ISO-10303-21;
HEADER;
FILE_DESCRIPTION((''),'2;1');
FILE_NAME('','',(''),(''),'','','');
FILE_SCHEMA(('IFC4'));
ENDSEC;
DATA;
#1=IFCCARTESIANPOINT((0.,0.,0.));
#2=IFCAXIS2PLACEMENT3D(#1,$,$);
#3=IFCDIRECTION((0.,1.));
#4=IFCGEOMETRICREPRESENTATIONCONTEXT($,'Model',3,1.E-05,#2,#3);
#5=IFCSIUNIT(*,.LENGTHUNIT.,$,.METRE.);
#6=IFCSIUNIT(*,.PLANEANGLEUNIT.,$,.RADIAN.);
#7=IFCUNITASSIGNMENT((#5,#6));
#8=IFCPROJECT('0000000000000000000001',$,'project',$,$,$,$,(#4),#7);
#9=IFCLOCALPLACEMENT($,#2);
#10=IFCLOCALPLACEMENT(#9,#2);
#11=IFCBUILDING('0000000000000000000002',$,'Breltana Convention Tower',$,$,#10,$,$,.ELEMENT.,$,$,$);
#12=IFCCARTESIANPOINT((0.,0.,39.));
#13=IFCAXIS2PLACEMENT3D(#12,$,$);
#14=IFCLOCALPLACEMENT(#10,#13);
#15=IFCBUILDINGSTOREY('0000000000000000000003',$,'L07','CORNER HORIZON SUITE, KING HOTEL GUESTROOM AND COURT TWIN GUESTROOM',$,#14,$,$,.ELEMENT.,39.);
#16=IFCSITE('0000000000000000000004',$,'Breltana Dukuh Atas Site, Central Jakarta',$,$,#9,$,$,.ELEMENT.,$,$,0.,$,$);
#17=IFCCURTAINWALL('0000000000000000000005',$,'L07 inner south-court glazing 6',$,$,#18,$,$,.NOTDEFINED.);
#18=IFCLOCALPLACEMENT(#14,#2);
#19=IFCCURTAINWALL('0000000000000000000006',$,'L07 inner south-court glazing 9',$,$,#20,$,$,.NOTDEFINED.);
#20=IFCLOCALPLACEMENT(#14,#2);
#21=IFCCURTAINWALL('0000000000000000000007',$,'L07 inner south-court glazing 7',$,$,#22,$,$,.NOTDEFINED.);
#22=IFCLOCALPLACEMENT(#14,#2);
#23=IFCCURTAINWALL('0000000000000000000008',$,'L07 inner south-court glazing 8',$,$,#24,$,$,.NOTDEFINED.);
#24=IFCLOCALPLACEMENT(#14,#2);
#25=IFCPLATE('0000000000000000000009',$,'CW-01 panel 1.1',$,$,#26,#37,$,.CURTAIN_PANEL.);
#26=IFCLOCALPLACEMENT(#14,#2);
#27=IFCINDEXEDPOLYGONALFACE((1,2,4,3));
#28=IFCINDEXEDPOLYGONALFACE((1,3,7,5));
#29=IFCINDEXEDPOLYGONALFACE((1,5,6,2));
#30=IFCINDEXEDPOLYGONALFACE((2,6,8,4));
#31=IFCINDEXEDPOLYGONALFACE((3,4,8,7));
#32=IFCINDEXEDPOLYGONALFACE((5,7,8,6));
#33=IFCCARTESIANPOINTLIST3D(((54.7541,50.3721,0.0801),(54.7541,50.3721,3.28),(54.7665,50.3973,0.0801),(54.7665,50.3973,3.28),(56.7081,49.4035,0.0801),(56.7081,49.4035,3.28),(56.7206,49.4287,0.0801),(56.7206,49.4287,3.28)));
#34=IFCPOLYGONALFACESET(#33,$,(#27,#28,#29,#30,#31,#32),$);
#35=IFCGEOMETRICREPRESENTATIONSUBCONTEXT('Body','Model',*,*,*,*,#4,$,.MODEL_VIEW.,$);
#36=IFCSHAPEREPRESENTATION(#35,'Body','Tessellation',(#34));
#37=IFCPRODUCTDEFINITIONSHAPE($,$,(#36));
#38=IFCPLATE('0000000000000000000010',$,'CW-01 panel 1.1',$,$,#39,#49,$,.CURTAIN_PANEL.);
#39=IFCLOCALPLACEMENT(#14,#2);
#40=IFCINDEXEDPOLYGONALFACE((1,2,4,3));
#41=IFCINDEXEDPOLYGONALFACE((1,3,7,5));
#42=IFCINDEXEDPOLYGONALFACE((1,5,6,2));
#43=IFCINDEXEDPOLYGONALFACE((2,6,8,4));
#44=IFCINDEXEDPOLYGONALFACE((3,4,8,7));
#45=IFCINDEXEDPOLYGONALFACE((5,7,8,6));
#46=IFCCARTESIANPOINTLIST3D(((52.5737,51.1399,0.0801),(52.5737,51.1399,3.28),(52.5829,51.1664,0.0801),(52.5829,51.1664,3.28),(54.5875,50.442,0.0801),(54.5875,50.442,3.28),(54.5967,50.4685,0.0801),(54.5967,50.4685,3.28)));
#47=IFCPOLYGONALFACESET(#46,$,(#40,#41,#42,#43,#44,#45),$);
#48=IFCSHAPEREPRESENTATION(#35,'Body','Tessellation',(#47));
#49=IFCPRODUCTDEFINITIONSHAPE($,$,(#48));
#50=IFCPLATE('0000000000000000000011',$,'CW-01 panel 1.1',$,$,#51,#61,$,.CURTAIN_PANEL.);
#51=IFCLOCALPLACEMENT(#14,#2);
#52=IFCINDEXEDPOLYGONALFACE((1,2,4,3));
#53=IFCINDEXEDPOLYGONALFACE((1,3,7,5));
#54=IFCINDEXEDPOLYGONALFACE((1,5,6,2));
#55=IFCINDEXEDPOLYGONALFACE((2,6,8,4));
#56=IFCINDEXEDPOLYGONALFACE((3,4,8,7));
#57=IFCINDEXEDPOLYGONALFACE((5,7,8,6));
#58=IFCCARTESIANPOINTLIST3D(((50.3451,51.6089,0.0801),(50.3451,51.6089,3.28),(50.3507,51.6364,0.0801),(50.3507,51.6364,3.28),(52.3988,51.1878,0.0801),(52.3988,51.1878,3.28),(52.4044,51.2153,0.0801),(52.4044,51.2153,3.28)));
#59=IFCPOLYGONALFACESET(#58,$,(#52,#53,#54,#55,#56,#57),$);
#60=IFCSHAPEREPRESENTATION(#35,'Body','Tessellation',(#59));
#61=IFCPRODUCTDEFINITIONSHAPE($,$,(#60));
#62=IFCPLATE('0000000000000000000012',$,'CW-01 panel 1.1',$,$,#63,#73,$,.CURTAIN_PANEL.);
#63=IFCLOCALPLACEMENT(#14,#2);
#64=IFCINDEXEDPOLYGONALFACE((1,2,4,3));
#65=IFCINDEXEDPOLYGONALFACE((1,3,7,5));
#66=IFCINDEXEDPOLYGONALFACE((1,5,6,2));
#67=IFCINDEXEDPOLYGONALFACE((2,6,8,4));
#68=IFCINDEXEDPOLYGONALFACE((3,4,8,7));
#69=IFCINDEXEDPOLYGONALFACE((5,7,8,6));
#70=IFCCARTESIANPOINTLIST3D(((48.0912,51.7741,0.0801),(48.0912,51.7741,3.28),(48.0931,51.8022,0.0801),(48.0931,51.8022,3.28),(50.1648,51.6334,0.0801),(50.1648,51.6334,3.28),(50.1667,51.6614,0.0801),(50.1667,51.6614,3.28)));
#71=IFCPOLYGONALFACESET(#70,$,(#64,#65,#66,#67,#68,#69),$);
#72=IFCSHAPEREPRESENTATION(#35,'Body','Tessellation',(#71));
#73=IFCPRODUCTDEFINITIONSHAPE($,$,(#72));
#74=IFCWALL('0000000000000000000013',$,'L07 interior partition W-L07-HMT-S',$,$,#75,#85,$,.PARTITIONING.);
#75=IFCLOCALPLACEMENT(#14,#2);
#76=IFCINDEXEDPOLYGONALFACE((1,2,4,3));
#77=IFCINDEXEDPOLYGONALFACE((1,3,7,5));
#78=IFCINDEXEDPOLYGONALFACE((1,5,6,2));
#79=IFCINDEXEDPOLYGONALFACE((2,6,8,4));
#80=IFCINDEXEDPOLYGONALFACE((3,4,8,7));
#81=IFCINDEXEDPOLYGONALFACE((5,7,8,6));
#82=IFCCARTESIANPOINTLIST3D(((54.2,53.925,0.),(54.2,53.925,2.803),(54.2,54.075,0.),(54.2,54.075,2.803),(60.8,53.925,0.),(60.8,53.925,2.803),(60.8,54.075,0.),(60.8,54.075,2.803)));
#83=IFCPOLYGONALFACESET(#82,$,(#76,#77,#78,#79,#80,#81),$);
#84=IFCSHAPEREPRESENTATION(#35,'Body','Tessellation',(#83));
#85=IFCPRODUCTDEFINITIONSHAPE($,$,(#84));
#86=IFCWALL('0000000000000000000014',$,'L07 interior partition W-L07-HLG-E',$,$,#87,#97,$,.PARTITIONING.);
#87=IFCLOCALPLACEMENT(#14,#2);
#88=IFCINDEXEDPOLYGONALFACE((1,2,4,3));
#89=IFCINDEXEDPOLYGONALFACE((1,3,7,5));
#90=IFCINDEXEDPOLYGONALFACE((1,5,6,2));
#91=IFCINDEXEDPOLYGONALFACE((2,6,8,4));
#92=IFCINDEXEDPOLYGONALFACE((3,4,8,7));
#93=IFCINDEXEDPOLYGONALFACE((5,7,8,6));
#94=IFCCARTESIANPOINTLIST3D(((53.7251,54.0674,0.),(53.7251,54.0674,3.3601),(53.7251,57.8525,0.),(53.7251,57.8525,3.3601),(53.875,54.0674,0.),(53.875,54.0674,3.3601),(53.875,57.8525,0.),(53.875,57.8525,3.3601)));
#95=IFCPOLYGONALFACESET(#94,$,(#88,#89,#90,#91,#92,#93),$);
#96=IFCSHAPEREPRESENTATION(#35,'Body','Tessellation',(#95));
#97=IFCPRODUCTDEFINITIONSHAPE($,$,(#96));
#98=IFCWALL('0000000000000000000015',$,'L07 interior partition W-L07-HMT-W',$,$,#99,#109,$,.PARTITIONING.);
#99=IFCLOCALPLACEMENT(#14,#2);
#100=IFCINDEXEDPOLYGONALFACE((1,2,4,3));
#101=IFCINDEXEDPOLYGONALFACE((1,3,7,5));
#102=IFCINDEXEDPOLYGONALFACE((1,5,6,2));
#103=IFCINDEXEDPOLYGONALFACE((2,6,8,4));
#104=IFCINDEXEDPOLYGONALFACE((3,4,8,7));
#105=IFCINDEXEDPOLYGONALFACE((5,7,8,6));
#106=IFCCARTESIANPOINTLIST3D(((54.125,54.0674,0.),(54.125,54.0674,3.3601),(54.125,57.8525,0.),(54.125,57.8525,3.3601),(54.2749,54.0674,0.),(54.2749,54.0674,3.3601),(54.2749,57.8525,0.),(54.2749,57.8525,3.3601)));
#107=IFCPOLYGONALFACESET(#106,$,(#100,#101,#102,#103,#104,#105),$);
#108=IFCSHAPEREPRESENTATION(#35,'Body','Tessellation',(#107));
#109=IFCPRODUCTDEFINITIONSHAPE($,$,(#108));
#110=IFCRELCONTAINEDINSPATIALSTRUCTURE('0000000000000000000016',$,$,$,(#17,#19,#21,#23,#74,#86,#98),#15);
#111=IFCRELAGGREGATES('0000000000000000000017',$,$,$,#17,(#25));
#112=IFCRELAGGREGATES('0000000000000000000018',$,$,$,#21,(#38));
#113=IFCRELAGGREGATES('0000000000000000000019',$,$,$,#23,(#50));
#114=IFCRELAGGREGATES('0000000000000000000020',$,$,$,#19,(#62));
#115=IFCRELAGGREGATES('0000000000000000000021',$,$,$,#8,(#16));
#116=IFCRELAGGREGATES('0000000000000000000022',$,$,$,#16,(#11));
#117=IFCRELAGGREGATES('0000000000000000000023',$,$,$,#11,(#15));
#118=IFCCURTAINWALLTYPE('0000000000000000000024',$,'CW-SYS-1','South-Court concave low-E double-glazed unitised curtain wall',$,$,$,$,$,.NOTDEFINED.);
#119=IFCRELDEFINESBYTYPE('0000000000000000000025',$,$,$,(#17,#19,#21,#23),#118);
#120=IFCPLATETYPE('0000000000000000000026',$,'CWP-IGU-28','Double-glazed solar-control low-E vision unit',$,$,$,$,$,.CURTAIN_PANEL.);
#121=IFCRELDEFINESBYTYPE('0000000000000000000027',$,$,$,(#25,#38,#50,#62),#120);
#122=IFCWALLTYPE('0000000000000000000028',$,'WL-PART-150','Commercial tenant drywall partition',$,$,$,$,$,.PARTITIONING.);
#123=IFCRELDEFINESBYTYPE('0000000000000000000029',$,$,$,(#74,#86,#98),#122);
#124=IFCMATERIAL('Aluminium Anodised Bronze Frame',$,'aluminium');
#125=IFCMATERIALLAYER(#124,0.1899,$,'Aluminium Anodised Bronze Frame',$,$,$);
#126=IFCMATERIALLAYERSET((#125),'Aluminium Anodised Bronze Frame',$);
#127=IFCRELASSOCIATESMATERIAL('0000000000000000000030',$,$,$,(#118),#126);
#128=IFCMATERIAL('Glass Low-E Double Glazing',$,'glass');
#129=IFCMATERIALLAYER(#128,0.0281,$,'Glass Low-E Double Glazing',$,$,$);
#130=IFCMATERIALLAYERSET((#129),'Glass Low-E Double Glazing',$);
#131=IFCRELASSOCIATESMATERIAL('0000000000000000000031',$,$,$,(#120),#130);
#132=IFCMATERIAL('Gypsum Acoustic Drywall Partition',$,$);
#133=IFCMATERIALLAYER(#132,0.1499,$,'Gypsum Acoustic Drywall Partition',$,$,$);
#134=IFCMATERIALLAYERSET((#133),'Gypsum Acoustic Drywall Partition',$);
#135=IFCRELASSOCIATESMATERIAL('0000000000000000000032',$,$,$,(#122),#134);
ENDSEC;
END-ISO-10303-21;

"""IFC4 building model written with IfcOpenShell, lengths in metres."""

from ifc_helpers import new_model, si_unit, direction, frame, frame_2d, origin, origin_2d, place, context, subcontext, project, spatial, rectangle, extrude, source, transform, mapped, material, layer, layer_set, type_object, element, aggregate, save


model = new_model("IFC4")

# Units and contexts
model_context = context("Model", 3, precision=1e-05, world=origin(), true_north=direction((0.0, 1.0)))
body_context = subcontext(model_context, "Body", "Model", "MODEL_VIEW")
ifc_project = project(units=[si_unit("LENGTHUNIT", "METRE"), si_unit("PLANEANGLEUNIT", "RADIAN")], contexts=[model_context])

# Site, building, storey
site_placement = place(None, origin())
site = spatial("IfcSite", under=ifc_project, at=site_placement, Name="Breltana Dukuh Atas Site, Central Jakarta", CompositionType="ELEMENT", RefElevation=0.0)
building_placement = place(site_placement, origin())
building = spatial("IfcBuilding", under=site, at=building_placement, Name="Breltana Convention Tower", CompositionType="ELEMENT")
storey_placement = place(building_placement, frame((0.0, 0.0, 39.0)))
storey = spatial("IfcBuildingStorey", under=building, at=storey_placement, Name="L07", Description="CORNER HORIZON SUITE, KING HOTEL GUESTROOM AND COURT TWIN GUESTROOM", CompositionType="ELEMENT", Elevation=39.0)

# Curtain walls
ifc_material_1 = material(Name="Aluminium Anodised Bronze Frame", Category="aluminium")
ifc_layer_1 = layer(ifc_material_1, 0.1899, Name="Aluminium Anodised Bronze Frame")
ifc_layer_set_1 = layer_set([ifc_layer_1], Name="Aluminium Anodised Bronze Frame")
curtain_wall_type = type_object("IfcCurtainWallType", Name="CW-SYS-1", Description="South-Court concave low-E double-glazed unitised curtain wall", PredefinedType="NOTDEFINED", material=ifc_layer_set_1)
curtain_wall_1_placement = place(storey_placement, origin())
curtain_wall_1 = element("IfcCurtainWall", 1, at=curtain_wall_1_placement, inside=storey, type_object=curtain_wall_type, Name="L07 inner south-court glazing 6", PredefinedType="NOTDEFINED")
curtain_wall_2_placement = place(storey_placement, origin())
curtain_wall_2 = element("IfcCurtainWall", 2, at=curtain_wall_2_placement, inside=storey, type_object=curtain_wall_type, Name="L07 inner south-court glazing 9", PredefinedType="NOTDEFINED")

# Curtain walls
curtain_wall_3_placement = place(storey_placement, origin())
curtain_wall_3 = element("IfcCurtainWall", 3, at=curtain_wall_3_placement, inside=storey, type_object=curtain_wall_type, Name="L07 inner south-court glazing 7", PredefinedType="NOTDEFINED")
curtain_wall_4_placement = place(storey_placement, origin())
curtain_wall_4 = element("IfcCurtainWall", 4, at=curtain_wall_4_placement, inside=storey, type_object=curtain_wall_type, Name="L07 inner south-court glazing 8", PredefinedType="NOTDEFINED")

# Plates
ifc_material_2 = material(Name="Glass Low-E Double Glazing", Category="glass")
ifc_layer_2 = layer(ifc_material_2, 0.0281, Name="Glass Low-E Double Glazing")
ifc_layer_set_2 = layer_set([ifc_layer_2], Name="Glass Low-E Double Glazing")
plate_type = type_object("IfcPlateType", Name="CWP-IGU-28", Description="Double-glazed solar-control low-E vision unit", PredefinedType="CURTAIN_PANEL", material=ifc_layer_set_2)
shared_shape_1 = source(origin(), body_context, "Body", "SweptSolid", [
    extrude(rectangle(XDim=2.1809, YDim=0.0281, at=origin_2d()), origin(), (0.0, 0.0, 1.0), 3.2),
])
plate_1_placement = place(storey_placement, frame((55.7373, 49.9004, 0.0801), z_axis=(0.0, 0.0, 1.0), x_axis=(-0.895968, 0.444118, 0.0)))
plate_1 = element("IfcPlate", 5, at=plate_1_placement, type_object=plate_type, Name="CW-01 panel 1.1", PredefinedType="CURTAIN_PANEL", context=body_context, shape_type="MappedRepresentation", body=[
    mapped(shared_shape_1, transform((0.0, 0.0, 0.0), scale=1.0)),
])
aggregate(curtain_wall_1, [plate_1])
shared_shape_2 = source(origin(), body_context, "Body", "SweptSolid", [
    extrude(rectangle(XDim=2.1313, YDim=0.0281, at=origin_2d()), origin(), (0.0, 0.0, 1.0), 3.2),
])
plate_2_placement = place(storey_placement, frame((53.5852, 50.8042, 0.0801), z_axis=(0.0, 0.0, 1.0), x_axis=(-0.944881, 0.327413, 0.0)))
plate_2 = element("IfcPlate", 6, at=plate_2_placement, type_object=plate_type, Name="CW-01 panel 1.1", PredefinedType="CURTAIN_PANEL", context=body_context, shape_type="MappedRepresentation", body=[
    mapped(shared_shape_2, transform((0.0, 0.0, 0.0), scale=1.0)),
])
aggregate(curtain_wall_3, [plate_2])
shared_shape_3 = source(origin(), body_context, "Body", "SweptSolid", [
    extrude(rectangle(XDim=2.0964, YDim=0.0281, at=origin_2d()), origin(), (0.0, 0.0, 1.0), 3.2),
])
plate_3_placement = place(storey_placement, frame((51.3748, 51.4121, 0.0801), z_axis=(0.0, 0.0, 1.0), x_axis=(-0.979615, 0.200886, 0.0)))
plate_3 = element("IfcPlate", 7, at=plate_3_placement, type_object=plate_type, Name="CW-01 panel 1.1", PredefinedType="CURTAIN_PANEL", context=body_context, shape_type="MappedRepresentation", body=[
    mapped(shared_shape_3, transform((0.0, 0.0, 0.0), scale=1.0)),
])
aggregate(curtain_wall_4, [plate_3])
shared_shape_4 = source(origin(), body_context, "Body", "SweptSolid", [
    extrude(rectangle(XDim=2.0784, YDim=0.0281, at=origin_2d()), origin(), (0.0, 0.0, 1.0), 3.2),
])
plate_4_placement = place(storey_placement, frame((49.1289, 51.7178, 0.0801), z_axis=(0.0, 0.0, 1.0), x_axis=(-0.997704, 0.067726, 0.0)))
plate_4 = element("IfcPlate", 8, at=plate_4_placement, type_object=plate_type, Name="CW-01 panel 1.1", PredefinedType="CURTAIN_PANEL", context=body_context, shape_type="MappedRepresentation", body=[
    mapped(shared_shape_4, transform((0.0, 0.0, 0.0), scale=1.0)),
])
aggregate(curtain_wall_2, [plate_4])

# Walls
ifc_material_3 = material(Name="Gypsum Acoustic Drywall Partition")
ifc_layer_3 = layer(ifc_material_3, 0.1499, Name="Gypsum Acoustic Drywall Partition")
ifc_layer_set_3 = layer_set([ifc_layer_3], Name="Gypsum Acoustic Drywall Partition")
wall_type = type_object("IfcWallType", Name="WL-PART-150", Description="Commercial tenant drywall partition", PredefinedType="PARTITIONING", material=ifc_layer_set_3)
shared_shape_5 = source(origin(), body_context, "Body", "SweptSolid", [
    extrude(rectangle(XDim=6.6001, YDim=0.1499, at=frame_2d((3.3, 0.0))), origin(), (0.0, 0.0, 1.0), 2.803),
])
wall_placement = place(storey_placement, frame((54.2, 54.0, 0.0), z_axis=(0.0, 0.0, 1.0), x_axis=(1.0, 0.0, 0.0)))
element("IfcWall", 9, at=wall_placement, inside=storey, type_object=wall_type, Name="L07 interior partition W-L07-HMT-S", PredefinedType="PARTITIONING", context=body_context, shape_type="MappedRepresentation", body=[
    mapped(shared_shape_5, transform((0.0, 0.0, 0.0), scale=1.0)),
])
shared_shape_6 = source(origin(), body_context, "Body", "SweptSolid", [
    extrude(rectangle(XDim=3.7852, YDim=0.1499, at=frame_2d((1.8926, 0.0))), origin(), (0.0, 0.0, 1.0), 3.3601),
])
for number, where, z_axis, x_axis, name in (
    (10, (53.8, 54.0674, 0.0), (0.0, 0.0, 1.0), (0.0, 1.0, 0.0), "L07 interior partition W-L07-HLG-E"),
    (11, (54.2, 54.0674, 0.0), (0.0, 0.0, 1.0), (0.0, 1.0, 0.0), "L07 interior partition W-L07-HMT-W"),
):
    element("IfcWall", number, at=place(storey_placement, frame(where, z_axis=z_axis, x_axis=x_axis)), inside=storey, type_object=wall_type, Name=name, PredefinedType="PARTITIONING", context=body_context, shape_type="MappedRepresentation", body=[
        mapped(shared_shape_6, transform((0.0, 0.0, 0.0), scale=1.0)),
    ])

save(model, "model.ifc")
